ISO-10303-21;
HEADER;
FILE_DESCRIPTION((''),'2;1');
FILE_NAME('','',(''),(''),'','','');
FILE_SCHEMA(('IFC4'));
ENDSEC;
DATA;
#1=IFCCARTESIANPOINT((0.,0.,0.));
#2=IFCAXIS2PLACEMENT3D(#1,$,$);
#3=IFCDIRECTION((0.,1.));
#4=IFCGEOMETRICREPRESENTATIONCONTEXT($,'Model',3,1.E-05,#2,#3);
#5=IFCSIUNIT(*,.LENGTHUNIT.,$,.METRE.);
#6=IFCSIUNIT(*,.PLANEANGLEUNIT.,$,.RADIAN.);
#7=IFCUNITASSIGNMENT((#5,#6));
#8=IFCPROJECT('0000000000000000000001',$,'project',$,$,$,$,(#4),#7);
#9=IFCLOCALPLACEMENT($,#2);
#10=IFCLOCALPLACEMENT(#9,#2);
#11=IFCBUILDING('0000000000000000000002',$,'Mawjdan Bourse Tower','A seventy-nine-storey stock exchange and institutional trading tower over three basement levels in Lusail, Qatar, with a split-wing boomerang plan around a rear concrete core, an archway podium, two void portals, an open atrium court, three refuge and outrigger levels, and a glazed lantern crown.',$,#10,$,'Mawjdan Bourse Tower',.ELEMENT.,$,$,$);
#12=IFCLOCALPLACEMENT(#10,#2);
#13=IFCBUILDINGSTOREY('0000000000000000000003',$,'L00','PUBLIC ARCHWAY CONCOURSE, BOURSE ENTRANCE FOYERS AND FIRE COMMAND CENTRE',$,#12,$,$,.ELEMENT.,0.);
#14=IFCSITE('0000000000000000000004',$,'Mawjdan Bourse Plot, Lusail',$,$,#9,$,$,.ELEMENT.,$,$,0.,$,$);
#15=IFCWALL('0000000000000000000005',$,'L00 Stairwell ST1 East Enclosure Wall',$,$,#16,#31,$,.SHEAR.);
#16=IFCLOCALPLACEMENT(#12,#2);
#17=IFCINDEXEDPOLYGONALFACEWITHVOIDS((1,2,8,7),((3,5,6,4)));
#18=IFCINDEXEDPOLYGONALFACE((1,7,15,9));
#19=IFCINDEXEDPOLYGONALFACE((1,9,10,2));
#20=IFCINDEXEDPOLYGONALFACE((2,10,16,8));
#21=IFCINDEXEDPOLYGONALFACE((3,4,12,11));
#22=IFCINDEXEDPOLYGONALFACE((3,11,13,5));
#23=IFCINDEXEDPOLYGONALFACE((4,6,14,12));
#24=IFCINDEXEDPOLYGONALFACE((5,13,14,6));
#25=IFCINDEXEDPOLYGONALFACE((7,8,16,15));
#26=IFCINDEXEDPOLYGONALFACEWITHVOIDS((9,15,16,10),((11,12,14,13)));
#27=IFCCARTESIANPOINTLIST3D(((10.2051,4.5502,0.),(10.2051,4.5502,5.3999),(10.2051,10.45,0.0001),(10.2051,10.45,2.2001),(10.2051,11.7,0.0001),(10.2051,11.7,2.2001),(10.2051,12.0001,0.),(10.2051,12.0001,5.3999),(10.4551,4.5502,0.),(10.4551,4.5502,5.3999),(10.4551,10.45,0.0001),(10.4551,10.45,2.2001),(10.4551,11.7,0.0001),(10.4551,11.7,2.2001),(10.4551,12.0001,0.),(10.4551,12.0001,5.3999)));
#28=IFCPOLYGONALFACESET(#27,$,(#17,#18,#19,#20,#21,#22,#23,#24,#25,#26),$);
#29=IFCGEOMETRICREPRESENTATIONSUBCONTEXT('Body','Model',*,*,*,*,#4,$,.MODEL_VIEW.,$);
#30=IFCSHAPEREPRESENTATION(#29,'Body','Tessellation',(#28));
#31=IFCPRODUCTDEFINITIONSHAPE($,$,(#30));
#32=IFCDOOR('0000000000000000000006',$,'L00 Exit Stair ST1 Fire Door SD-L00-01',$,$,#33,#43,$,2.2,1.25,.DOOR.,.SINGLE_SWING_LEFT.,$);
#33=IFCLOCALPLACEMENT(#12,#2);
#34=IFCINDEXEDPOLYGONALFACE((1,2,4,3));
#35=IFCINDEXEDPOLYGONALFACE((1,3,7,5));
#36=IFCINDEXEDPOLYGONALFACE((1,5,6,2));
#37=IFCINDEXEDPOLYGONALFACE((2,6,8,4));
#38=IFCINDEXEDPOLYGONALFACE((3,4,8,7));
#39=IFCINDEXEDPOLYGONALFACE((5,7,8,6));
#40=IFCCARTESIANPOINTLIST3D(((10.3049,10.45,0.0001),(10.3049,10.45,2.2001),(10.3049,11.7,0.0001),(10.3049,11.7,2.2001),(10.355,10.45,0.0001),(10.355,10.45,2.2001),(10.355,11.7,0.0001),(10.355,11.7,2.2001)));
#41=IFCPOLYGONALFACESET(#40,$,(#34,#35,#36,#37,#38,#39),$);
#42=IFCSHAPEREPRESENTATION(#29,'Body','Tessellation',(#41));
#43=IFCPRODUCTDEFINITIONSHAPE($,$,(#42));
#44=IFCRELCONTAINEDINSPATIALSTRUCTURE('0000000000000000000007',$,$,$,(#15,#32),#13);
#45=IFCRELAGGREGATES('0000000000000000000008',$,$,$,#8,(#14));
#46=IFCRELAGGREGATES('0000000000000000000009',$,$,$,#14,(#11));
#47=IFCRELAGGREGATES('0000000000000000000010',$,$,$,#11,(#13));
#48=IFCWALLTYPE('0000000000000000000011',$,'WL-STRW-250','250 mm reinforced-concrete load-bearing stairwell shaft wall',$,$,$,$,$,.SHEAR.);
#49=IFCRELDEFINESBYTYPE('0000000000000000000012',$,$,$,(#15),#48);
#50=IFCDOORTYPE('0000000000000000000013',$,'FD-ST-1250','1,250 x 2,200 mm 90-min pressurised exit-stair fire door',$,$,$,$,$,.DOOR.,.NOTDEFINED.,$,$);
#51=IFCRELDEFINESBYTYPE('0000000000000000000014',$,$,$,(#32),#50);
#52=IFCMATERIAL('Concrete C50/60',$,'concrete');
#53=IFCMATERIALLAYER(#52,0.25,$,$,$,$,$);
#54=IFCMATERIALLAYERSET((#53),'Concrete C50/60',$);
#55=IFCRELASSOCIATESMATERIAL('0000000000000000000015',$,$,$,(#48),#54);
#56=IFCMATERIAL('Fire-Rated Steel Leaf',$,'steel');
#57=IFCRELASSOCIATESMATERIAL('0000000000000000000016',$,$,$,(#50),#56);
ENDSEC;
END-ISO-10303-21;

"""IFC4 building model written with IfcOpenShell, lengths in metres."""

from ifc_helpers import new_model, si_unit, direction, frame, frame_2d, origin, place, context, subcontext, project, spatial, rectangle, extrude, material, layer, layer_set, type_object, element, fill, save


model = new_model("IFC4")

# Units and contexts
model_context = context("Model", 3, precision=1e-05, world=origin(), true_north=direction((0.0, 1.0)))
body_context = subcontext(model_context, "Body", "Model", "MODEL_VIEW")
ifc_project = project(units=[si_unit("LENGTHUNIT", "METRE"), si_unit("PLANEANGLEUNIT", "RADIAN")], contexts=[model_context])

# Site, building, storey
site_placement = place(None, origin())
site = spatial("IfcSite", under=ifc_project, at=site_placement, Name="Mawjdan Bourse Plot, Lusail", CompositionType="ELEMENT", RefElevation=0.0)
building_placement = place(site_placement, origin())
building = spatial("IfcBuilding", under=site, at=building_placement, Name="Mawjdan Bourse Tower", Description="A seventy-nine-storey stock exchange and institutional trading tower over three basement levels in Lusail, Qatar, with a split-wing boomerang plan around a rear concrete core, an archway podium, two void portals, an open atrium court, three refuge and outrigger levels, and a glazed lantern crown.", LongName="Mawjdan Bourse Tower", CompositionType="ELEMENT")
storey_placement = place(building_placement, origin())
storey = spatial("IfcBuildingStorey", under=building, at=storey_placement, Name="L00", Description="PUBLIC ARCHWAY CONCOURSE, BOURSE ENTRANCE FOYERS AND FIRE COMMAND CENTRE", CompositionType="ELEMENT", Elevation=0.0)

# Shared definitions
ifc_material_1 = material(Name="Concrete C50/60", Category="concrete")

# Shared definitions
ifc_material_2 = material(Name="Fire-Rated Steel Leaf", Category="steel")

# Wall, opening, door
ifc_layer_1 = layer(ifc_material_1, 0.25)
ifc_layer_set_1 = layer_set([ifc_layer_1], Name="Concrete C50/60")
wall_type_1 = type_object("IfcWallType", Name="WL-STRW-250", Description="250 mm reinforced-concrete load-bearing stairwell shaft wall", PredefinedType="SHEAR", material=ifc_layer_set_1)
wall_1_placement = place(storey_placement, frame((10.3301, 4.55, 0.0), z_axis=(0.0, 0.0, 1.0), x_axis=(0.0, 1.0, 0.0)))
wall_1 = element("IfcWall", 1, at=wall_1_placement, inside=storey, type_object=wall_type_1, Name="L00 Stairwell ST1 East Enclosure Wall", PredefinedType="SHEAR", context=body_context, shape_type="SweptSolid", body=[
    extrude(rectangle(XDim=7.45, YDim=0.25, at=frame_2d((3.7251, 0.0))), origin(), (0.0, 0.0, 1.0), 5.3999),
])
opening_1_placement = place(wall_1_placement, frame((5.8999, 0.0, 0.0)))
opening_1 = element("IfcOpeningElement", 2, at=opening_1_placement, cuts=wall_1, PredefinedType="OPENING", context=body_context, shape_type="SweptSolid", body=[
    extrude(rectangle(XDim=1.25, YDim=2.2, at=frame_2d((0.625, 1.1001))), frame((0.0, 0.135, 0.0), z_axis=(0.0, -1.0, 0.0), x_axis=(1.0, 0.0, 0.0)), (0.0, 0.0, 1.0), 0.27),
])
door_type_1 = type_object("IfcDoorType", Name="FD-ST-1250", Description="1,250 x 2,200 mm 90-min pressurised exit-stair fire door", OperationType="NOTDEFINED", PredefinedType="DOOR", material=ifc_material_2)
door_1_placement = place(opening_1_placement, frame((1.25, 0.0, 0.0), z_axis=(0.0, 0.0, 1.0), x_axis=(-1.0, 0.0, 0.0)))
door_1 = element("IfcDoor", 3, at=door_1_placement, inside=storey, type_object=door_type_1, Name="L00 Exit Stair ST1 Fire Door SD-L00-01", OperationType="SINGLE_SWING_LEFT", OverallHeight=2.2, OverallWidth=1.25, PredefinedType="DOOR", context=body_context, shape_type="SweptSolid", body=[
    extrude(rectangle(XDim=1.25, YDim=2.2, at=frame_2d((0.625, 1.1001))), frame((0.0, 0.0249, 0.0), z_axis=(0.0, -1.0, 0.0), x_axis=(1.0, 0.0, 0.0)), (0.0, 0.0, 1.0), 0.05),
])
fill(opening_1, door_1)

save(model, "model.ifc")
